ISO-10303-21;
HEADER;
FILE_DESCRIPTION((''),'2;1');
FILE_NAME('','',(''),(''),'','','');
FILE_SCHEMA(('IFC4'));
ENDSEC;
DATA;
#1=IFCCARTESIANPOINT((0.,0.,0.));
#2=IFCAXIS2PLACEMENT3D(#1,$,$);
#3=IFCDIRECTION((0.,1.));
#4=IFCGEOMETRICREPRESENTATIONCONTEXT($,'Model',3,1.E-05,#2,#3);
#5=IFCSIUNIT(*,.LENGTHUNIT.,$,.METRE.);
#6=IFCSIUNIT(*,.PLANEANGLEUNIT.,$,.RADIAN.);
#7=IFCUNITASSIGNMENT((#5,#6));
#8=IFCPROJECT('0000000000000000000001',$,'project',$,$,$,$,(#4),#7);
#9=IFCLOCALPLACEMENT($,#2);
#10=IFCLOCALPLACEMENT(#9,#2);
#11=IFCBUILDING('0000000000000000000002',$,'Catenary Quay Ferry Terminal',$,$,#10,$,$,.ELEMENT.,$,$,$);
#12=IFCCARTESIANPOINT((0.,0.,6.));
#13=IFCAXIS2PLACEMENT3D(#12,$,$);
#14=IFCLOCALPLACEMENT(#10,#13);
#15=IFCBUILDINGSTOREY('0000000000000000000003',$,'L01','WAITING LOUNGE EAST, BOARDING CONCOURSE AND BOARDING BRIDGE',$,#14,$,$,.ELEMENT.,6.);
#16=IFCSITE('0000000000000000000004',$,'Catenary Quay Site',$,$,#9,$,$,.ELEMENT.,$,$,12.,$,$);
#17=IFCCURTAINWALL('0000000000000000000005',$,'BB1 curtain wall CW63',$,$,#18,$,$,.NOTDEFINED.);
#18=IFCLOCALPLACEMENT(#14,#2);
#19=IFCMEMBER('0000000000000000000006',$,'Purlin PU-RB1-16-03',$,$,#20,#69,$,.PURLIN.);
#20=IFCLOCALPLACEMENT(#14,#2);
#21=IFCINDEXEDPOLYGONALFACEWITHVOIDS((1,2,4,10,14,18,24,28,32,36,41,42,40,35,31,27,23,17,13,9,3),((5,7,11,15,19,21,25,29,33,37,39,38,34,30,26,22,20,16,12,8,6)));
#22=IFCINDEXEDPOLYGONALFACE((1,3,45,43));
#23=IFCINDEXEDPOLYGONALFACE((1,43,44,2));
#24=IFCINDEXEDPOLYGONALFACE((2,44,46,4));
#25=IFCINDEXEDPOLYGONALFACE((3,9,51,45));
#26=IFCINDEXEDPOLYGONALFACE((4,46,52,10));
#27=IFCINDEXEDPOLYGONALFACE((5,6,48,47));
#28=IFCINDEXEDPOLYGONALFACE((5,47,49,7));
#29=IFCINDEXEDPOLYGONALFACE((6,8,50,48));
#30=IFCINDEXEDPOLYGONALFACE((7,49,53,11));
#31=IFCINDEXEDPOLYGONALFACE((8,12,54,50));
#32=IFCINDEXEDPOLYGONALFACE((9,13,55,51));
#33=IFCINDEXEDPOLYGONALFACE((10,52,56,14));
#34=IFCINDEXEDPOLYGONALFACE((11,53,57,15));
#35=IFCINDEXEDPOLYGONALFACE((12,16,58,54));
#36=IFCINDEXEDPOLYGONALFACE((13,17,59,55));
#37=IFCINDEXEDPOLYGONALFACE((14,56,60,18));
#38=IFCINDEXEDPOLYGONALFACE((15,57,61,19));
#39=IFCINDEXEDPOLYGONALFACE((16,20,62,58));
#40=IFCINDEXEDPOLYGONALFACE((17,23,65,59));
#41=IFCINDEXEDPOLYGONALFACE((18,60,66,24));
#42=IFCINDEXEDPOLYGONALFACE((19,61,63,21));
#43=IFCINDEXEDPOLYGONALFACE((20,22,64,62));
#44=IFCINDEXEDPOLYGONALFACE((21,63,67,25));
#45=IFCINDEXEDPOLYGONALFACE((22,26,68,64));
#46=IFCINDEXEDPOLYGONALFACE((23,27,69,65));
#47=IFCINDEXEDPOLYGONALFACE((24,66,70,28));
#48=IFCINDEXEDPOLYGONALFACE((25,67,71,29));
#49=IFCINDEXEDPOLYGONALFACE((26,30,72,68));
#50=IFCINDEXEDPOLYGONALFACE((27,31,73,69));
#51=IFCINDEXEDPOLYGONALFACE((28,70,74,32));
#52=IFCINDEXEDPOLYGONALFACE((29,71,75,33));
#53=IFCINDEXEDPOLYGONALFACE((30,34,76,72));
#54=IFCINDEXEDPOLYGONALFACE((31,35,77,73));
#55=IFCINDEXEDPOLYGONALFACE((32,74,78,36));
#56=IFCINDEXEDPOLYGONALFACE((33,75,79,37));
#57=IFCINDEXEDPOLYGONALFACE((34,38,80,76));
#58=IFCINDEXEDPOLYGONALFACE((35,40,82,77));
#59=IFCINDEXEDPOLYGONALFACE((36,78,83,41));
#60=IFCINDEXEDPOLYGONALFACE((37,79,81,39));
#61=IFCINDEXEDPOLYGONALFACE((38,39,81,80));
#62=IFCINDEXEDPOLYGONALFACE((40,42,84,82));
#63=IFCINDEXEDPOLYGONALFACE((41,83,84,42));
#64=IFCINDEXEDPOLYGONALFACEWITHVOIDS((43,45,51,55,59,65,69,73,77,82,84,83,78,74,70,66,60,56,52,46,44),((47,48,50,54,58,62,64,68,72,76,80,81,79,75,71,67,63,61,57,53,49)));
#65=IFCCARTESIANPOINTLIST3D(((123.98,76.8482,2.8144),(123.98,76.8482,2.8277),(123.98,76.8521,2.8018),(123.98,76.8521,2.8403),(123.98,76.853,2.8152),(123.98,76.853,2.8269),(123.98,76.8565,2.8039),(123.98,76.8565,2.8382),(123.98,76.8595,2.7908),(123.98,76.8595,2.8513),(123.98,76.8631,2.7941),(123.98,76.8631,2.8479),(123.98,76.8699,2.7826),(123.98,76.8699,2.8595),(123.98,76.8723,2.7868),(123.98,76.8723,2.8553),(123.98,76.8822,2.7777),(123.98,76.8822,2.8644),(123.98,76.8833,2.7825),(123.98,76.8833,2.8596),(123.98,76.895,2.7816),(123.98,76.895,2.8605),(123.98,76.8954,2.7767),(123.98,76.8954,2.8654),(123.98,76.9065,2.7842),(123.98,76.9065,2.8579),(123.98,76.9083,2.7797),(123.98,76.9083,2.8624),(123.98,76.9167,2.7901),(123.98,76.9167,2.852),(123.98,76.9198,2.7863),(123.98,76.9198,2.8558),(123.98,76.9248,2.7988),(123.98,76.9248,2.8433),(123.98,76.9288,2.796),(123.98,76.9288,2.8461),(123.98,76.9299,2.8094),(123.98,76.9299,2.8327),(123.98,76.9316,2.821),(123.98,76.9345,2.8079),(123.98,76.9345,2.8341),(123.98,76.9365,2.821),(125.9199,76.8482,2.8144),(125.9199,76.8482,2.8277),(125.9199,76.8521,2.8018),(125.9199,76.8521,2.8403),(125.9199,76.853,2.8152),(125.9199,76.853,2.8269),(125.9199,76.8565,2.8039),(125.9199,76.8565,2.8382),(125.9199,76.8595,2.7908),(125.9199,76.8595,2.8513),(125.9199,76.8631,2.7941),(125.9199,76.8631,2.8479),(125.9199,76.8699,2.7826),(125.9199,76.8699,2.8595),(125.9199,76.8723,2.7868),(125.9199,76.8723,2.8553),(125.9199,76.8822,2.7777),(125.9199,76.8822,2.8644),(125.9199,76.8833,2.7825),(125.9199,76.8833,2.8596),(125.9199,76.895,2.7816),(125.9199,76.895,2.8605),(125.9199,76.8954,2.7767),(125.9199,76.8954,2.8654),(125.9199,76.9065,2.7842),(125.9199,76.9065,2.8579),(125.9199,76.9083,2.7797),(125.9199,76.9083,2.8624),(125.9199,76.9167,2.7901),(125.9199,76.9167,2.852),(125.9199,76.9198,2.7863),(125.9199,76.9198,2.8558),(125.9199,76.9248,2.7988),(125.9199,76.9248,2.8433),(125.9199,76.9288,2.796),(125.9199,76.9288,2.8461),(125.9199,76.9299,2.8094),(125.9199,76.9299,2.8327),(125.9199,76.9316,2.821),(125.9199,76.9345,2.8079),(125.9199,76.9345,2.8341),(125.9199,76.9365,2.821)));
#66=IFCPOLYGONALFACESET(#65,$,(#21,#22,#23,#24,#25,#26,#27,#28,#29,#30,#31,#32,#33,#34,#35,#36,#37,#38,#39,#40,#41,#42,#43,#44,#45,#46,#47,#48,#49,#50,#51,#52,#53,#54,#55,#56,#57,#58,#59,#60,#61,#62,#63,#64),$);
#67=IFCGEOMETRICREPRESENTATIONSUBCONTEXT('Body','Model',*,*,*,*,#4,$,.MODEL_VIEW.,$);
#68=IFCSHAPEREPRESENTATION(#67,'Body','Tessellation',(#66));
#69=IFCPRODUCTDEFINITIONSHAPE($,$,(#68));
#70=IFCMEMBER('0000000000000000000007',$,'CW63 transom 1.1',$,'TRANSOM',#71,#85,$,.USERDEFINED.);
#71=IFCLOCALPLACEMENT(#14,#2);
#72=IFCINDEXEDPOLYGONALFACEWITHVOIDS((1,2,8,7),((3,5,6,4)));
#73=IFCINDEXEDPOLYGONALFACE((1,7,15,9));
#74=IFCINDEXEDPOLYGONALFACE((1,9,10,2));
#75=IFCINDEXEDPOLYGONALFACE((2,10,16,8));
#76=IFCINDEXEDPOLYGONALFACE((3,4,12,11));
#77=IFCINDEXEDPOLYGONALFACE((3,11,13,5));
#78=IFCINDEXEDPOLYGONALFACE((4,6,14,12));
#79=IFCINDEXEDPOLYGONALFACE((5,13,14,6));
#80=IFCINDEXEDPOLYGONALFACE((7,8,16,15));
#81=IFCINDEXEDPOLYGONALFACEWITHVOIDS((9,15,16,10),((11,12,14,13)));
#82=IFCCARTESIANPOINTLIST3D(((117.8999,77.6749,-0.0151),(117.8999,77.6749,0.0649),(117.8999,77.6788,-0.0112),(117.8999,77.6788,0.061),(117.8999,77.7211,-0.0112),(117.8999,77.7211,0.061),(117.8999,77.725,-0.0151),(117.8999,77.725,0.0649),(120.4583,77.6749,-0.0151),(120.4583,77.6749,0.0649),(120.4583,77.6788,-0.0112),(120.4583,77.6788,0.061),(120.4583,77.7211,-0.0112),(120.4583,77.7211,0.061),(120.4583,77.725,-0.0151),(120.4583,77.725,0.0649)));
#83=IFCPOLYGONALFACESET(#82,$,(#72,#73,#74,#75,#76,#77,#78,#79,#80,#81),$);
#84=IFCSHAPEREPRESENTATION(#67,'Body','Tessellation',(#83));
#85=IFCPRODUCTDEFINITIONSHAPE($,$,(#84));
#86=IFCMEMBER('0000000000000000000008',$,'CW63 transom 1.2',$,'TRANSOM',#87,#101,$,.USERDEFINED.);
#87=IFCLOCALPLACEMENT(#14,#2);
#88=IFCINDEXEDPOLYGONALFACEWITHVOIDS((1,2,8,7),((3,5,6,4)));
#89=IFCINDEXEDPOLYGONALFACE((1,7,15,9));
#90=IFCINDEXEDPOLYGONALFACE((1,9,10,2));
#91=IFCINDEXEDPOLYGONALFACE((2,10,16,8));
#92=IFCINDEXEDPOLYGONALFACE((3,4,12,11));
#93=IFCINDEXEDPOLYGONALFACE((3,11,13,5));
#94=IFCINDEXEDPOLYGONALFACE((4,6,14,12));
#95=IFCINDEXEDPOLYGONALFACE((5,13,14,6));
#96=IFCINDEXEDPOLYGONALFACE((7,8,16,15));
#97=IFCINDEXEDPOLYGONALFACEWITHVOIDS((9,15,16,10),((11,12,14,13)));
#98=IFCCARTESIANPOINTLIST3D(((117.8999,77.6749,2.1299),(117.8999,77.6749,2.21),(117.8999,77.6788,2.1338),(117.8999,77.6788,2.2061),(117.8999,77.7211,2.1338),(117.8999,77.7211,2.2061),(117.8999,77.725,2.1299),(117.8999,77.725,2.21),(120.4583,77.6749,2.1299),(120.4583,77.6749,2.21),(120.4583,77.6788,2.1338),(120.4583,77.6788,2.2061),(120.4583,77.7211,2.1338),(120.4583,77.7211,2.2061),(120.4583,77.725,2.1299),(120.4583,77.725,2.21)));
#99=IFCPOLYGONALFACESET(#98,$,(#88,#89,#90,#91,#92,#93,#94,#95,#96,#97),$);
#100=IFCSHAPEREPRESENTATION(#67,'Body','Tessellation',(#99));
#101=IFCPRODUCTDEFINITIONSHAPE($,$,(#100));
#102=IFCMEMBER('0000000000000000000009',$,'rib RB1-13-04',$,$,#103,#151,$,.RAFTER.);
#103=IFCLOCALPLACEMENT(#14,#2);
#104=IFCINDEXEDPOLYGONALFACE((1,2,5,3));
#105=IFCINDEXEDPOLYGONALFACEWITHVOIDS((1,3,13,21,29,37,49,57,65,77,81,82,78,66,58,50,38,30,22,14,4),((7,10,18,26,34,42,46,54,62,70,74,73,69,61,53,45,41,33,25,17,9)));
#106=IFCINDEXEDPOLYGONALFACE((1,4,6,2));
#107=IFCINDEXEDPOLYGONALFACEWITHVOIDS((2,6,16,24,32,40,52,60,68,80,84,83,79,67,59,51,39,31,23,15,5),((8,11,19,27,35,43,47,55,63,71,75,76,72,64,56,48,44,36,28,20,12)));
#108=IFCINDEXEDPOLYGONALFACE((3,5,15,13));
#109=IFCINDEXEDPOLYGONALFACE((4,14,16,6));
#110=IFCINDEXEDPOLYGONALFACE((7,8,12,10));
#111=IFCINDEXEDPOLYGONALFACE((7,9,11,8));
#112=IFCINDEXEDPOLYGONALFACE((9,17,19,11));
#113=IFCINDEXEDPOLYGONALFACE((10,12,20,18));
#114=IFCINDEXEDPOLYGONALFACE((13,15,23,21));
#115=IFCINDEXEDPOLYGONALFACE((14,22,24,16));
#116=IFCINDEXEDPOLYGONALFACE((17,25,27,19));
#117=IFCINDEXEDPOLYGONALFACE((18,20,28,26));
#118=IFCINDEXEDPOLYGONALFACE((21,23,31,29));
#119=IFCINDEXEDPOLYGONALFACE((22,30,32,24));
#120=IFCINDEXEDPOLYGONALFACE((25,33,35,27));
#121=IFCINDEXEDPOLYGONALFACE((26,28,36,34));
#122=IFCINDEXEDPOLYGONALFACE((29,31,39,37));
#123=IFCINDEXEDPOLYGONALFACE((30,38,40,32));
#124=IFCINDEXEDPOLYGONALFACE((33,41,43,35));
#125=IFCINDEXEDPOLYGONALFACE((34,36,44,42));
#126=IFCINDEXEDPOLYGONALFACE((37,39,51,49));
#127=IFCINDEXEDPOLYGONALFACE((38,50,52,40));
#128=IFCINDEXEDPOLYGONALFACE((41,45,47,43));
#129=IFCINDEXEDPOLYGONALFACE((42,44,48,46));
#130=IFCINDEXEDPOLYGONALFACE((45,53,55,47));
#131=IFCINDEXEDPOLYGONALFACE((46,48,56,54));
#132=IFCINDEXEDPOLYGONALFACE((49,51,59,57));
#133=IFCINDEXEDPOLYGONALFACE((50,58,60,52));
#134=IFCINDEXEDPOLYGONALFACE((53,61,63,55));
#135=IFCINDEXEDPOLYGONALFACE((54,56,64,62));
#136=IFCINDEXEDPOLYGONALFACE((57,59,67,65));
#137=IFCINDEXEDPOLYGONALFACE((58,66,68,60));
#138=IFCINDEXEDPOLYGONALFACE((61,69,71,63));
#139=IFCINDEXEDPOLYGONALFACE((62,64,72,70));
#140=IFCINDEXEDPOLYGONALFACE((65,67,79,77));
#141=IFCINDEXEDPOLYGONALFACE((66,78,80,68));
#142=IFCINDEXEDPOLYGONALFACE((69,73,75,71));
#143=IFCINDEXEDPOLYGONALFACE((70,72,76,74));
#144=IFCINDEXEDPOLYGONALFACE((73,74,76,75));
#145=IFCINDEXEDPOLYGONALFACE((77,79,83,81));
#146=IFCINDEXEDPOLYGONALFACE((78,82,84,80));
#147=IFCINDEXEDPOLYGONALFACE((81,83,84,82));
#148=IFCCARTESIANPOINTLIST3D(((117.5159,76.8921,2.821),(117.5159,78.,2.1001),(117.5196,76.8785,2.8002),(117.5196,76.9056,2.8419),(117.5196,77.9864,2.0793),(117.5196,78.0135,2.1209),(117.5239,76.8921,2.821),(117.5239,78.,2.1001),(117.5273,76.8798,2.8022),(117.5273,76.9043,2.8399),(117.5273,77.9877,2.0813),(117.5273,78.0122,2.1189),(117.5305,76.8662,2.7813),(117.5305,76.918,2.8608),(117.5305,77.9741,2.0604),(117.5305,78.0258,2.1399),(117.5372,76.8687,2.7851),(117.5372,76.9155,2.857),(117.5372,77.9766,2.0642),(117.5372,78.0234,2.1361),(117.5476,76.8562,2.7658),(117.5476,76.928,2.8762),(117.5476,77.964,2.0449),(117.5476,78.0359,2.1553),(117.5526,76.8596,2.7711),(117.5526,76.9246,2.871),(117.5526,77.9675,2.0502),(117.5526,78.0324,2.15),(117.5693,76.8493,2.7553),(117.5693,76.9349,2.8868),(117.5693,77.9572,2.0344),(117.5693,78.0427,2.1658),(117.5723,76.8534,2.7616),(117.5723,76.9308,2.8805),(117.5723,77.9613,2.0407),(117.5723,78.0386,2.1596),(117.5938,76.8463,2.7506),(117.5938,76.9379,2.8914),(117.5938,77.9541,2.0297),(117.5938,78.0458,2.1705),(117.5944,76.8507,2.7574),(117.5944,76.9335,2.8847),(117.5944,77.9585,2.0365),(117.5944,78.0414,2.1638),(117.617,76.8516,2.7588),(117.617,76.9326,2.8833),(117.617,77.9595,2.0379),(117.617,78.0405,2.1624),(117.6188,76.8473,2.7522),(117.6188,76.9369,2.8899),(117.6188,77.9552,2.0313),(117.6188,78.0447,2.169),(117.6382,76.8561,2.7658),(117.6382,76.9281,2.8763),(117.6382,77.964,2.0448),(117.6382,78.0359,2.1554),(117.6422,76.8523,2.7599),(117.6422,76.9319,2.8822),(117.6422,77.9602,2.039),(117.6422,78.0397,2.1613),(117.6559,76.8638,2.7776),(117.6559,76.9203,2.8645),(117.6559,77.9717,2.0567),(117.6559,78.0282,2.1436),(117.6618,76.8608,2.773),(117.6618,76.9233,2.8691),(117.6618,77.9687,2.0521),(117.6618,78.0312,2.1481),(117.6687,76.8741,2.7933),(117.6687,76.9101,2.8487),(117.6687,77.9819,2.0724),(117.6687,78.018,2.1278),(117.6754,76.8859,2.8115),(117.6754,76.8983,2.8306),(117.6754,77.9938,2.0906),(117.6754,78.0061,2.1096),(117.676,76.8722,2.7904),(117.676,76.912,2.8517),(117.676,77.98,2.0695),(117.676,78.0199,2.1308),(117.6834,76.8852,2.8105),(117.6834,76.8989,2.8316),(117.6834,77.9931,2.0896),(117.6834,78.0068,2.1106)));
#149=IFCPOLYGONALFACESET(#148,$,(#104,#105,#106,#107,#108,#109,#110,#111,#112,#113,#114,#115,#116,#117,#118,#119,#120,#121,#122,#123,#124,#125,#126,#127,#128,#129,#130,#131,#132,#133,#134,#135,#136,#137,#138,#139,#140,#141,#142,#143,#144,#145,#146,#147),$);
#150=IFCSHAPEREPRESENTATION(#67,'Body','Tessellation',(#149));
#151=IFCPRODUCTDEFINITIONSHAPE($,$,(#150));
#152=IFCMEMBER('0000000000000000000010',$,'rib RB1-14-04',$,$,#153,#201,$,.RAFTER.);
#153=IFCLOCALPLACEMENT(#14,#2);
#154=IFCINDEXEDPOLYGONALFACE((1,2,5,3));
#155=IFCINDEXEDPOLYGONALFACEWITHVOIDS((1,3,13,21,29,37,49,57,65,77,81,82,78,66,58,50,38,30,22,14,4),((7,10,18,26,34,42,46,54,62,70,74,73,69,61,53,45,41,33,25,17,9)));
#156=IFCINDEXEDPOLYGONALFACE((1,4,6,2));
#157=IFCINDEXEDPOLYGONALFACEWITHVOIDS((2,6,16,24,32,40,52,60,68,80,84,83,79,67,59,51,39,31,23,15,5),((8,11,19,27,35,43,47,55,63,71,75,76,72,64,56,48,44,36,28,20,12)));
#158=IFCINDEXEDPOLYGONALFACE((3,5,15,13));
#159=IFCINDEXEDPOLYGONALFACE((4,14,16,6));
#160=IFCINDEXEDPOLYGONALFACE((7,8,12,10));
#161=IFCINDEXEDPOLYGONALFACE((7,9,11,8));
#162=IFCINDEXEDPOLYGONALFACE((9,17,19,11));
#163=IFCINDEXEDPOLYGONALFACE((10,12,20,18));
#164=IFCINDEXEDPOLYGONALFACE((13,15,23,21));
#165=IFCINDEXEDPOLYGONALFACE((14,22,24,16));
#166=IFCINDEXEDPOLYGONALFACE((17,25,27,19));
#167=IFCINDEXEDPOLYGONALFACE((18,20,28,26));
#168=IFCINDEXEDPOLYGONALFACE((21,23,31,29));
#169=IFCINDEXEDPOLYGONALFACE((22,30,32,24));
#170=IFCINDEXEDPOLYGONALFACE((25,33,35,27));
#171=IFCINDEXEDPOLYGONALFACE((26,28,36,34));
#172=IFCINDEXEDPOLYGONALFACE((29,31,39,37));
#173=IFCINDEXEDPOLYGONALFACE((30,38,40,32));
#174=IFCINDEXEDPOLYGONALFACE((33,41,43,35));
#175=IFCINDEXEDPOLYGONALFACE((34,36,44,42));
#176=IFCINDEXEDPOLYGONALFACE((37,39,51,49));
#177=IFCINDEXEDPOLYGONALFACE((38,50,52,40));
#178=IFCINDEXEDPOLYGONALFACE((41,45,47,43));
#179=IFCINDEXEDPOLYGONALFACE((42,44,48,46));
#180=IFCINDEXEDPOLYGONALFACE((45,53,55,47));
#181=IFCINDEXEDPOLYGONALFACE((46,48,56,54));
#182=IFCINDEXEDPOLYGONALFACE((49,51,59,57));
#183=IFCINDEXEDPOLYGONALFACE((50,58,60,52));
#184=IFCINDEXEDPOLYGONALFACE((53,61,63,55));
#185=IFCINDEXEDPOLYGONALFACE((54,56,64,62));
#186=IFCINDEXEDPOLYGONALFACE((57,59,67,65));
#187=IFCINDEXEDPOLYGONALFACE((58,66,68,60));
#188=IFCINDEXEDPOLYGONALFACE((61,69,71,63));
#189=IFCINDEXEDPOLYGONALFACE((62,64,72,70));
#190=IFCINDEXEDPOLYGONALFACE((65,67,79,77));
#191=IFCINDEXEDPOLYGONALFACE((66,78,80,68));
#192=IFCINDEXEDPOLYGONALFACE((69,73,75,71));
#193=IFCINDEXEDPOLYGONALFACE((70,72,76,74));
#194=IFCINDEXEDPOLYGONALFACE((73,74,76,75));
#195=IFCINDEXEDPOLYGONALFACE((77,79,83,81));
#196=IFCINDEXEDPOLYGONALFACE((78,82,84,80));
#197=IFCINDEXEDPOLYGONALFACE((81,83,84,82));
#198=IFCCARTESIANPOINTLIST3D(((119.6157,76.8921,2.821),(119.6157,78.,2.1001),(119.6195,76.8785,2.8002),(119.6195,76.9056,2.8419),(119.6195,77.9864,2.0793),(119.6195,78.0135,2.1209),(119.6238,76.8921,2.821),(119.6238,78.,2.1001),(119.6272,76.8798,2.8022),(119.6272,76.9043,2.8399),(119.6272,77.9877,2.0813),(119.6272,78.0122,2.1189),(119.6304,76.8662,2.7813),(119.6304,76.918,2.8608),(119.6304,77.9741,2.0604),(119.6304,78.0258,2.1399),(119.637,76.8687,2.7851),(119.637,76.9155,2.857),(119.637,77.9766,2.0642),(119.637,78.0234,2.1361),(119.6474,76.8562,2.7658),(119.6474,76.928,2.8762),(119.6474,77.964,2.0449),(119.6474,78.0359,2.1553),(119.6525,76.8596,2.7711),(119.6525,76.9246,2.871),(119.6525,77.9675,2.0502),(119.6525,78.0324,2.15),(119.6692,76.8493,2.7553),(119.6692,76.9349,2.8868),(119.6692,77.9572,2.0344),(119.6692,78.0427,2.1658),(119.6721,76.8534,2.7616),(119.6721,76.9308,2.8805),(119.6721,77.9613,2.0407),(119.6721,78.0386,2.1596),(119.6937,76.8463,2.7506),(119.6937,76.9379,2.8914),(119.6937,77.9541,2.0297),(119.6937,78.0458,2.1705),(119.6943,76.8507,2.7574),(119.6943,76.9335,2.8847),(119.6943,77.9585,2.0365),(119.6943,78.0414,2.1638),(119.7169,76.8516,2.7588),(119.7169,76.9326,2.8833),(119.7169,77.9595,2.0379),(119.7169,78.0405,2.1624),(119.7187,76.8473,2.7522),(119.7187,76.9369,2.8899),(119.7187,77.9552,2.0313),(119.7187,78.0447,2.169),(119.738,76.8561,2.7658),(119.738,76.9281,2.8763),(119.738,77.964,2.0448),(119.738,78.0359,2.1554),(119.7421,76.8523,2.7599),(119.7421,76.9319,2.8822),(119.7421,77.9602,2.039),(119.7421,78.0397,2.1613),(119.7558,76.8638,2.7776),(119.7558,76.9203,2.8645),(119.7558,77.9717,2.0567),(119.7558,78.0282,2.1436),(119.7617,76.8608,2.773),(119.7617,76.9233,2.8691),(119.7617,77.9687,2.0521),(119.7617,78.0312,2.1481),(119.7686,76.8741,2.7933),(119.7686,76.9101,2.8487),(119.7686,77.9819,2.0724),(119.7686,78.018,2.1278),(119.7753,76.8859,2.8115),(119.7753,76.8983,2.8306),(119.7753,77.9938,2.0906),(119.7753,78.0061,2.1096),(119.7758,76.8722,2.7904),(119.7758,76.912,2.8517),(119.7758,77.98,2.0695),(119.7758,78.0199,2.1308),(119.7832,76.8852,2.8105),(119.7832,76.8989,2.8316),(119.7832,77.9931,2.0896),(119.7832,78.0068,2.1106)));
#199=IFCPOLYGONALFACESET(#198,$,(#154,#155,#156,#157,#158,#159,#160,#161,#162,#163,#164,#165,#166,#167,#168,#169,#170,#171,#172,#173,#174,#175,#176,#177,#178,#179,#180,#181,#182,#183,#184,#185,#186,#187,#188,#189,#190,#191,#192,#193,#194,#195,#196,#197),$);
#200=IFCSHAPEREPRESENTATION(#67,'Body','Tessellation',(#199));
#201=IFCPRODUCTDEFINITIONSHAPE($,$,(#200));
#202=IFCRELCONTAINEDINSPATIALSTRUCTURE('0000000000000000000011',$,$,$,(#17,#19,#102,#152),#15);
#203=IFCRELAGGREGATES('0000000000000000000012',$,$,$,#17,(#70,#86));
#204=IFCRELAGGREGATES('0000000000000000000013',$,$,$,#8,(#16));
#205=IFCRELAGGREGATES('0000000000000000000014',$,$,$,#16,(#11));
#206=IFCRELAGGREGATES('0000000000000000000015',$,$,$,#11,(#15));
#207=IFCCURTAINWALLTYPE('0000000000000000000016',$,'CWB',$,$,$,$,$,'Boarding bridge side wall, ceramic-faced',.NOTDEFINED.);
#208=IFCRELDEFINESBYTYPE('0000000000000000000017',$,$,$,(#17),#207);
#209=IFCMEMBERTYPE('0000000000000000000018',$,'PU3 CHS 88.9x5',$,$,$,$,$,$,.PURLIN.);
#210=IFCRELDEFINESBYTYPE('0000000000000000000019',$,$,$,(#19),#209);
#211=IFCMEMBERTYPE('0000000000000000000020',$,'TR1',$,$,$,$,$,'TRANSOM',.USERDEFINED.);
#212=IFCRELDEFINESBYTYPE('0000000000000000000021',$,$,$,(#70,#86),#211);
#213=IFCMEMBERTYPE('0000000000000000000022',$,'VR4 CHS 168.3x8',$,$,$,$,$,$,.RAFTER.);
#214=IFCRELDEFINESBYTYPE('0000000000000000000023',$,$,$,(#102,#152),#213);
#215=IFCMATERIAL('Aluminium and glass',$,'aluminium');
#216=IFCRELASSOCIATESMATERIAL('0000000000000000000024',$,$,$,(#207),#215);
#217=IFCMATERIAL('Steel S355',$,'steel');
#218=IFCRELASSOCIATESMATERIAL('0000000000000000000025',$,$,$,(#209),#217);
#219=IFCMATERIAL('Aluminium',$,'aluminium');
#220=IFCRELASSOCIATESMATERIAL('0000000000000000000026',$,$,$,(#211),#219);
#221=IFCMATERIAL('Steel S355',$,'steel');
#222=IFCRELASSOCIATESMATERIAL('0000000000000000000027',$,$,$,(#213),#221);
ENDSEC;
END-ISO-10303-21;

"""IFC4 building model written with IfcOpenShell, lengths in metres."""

from ifc_helpers import new_model, si_unit, direction, frame, origin, origin_2d, place, context, subcontext, project, spatial, hollow_rectangle, hollow_circle, extrude, material, material_profile, profile_set, type_object, element, aggregate, save


model = new_model("IFC4")

# Units and contexts
model_context = context("Model", 3, precision=1e-05, world=origin(), true_north=direction((0.0, 1.0)))
body_context = subcontext(model_context, "Body", "Model", "MODEL_VIEW")
ifc_project = project(units=[si_unit("LENGTHUNIT", "METRE"), si_unit("PLANEANGLEUNIT", "RADIAN")], contexts=[model_context])

# Site, building, storey
site_placement = place(None, origin())
site = spatial("IfcSite", under=ifc_project, at=site_placement, Name="Catenary Quay Site", CompositionType="ELEMENT", RefElevation=12.0)
building_placement = place(site_placement, origin())
building = spatial("IfcBuilding", under=site, at=building_placement, Name="Catenary Quay Ferry Terminal", CompositionType="ELEMENT")
storey_placement = place(building_placement, frame((0.0, 0.0, 6.0)))
storey = spatial("IfcBuildingStorey", under=building, at=storey_placement, Name="L01", Description="WAITING LOUNGE EAST, BOARDING CONCOURSE AND BOARDING BRIDGE", CompositionType="ELEMENT", Elevation=6.0)

# Shared definitions
ifc_material_1 = material(Name="Aluminium and glass", Category="aluminium")
curtain_wall_type = type_object("IfcCurtainWallType", Name="CWB", ElementType="Boarding bridge side wall, ceramic-faced", PredefinedType="NOTDEFINED", material=ifc_material_1)

# Curtain wall
curtain_wall_1_placement = place(storey_placement, origin())
curtain_wall_1 = element("IfcCurtainWall", 1, at=curtain_wall_1_placement, inside=storey, type_object=curtain_wall_type, Name="BB1 curtain wall CW63", PredefinedType="NOTDEFINED")

# Member
ifc_material_2 = material(Name="Steel S355", Category="steel")
ifc_material_profile_1 = material_profile(ifc_material_2, hollow_circle(Radius=0.0444, WallThickness=0.0049, at=origin_2d()), Name="CHS 88.9x5")
ifc_profile_set_1 = profile_set([ifc_material_profile_1], Name="Steel S355")
member_type_1 = type_object("IfcMemberType", Name="PU3 CHS 88.9x5", PredefinedType="PURLIN", material=ifc_profile_set_1)
member_1_placement = place(storey_placement, frame((123.98, 76.8921, 2.821), z_axis=(1.0, 0.0, 0.0), x_axis=(0.0, 1.0, 0.0)))
element("IfcMember", 2, at=member_1_placement, inside=storey, type_object=member_type_1, Name="Purlin PU-RB1-16-03", PredefinedType="PURLIN", context=body_context, shape_type="SweptSolid", body=[
    extrude(hollow_circle(Radius=0.0444, WallThickness=0.0049, at=origin_2d()), origin(), (0.0, 0.0, 1.0), 1.9399),
])

# Members
ifc_material_3 = material(Name="Aluminium", Category="aluminium")
ifc_material_profile_2 = material_profile(ifc_material_3, hollow_rectangle(XDim=0.05, YDim=0.0801, WallThickness=0.0039, at=origin_2d()), Name="TR1")
ifc_profile_set_2 = profile_set([ifc_material_profile_2], Name="Aluminium")
member_type_2 = type_object("IfcMemberType", Name="TR1", ElementType="TRANSOM", PredefinedType="USERDEFINED", material=ifc_profile_set_2)
member_2_placement = place(storey_placement, frame((117.8999, 77.7, 0.0249), z_axis=(1.0, 0.0, 0.0), x_axis=(0.0, 1.0, 0.0)))
member_2 = element("IfcMember", 3, at=member_2_placement, type_object=member_type_2, Name="CW63 transom 1.1", ObjectType="TRANSOM", PredefinedType="USERDEFINED", context=body_context, shape_type="SweptSolid", body=[
    extrude(hollow_rectangle(XDim=0.05, YDim=0.0801, WallThickness=0.0039, at=origin_2d()), origin(), (0.0, 0.0, 1.0), 2.5583),
])
member_3_placement = place(storey_placement, frame((117.8999, 77.7, 2.1699), z_axis=(1.0, 0.0, 0.0), x_axis=(0.0, 1.0, 0.0)))
member_3 = element("IfcMember", 4, at=member_3_placement, type_object=member_type_2, Name="CW63 transom 1.2", ObjectType="TRANSOM", PredefinedType="USERDEFINED", context=body_context, shape_type="SweptSolid", body=[
    extrude(hollow_rectangle(XDim=0.05, YDim=0.0801, WallThickness=0.0039, at=origin_2d()), origin(), (0.0, 0.0, 1.0), 2.5583),
])

# Members
ifc_material_4 = material(Name="Steel S355", Category="steel")
ifc_material_profile_3 = material_profile(ifc_material_4, hollow_circle(Radius=0.0842, WallThickness=0.0081, at=origin_2d()), Name="CHS 168.3x8")
ifc_profile_set_3 = profile_set([ifc_material_profile_3], Name="Steel S355")
member_type_3 = type_object("IfcMemberType", Name="VR4 CHS 168.3x8", PredefinedType="RAFTER", material=ifc_profile_set_3)
for number, where, z_axis, x_axis, name in (
    (5, (117.6001, 76.8921, 2.821), (0.0, 0.838165, -0.545417), (-1.0, 0.0, 0.0), "rib RB1-13-04"),
    (6, (119.7, 76.8921, 2.821), (0.0, 0.838165, -0.545417), (-1.0, 0.0, 0.0), "rib RB1-14-04"),
):
    element("IfcMember", number, at=place(storey_placement, frame(where, z_axis=z_axis, x_axis=x_axis)), inside=storey, type_object=member_type_3, Name=name, PredefinedType="RAFTER", context=body_context, shape_type="SweptSolid", body=[
        extrude(hollow_circle(Radius=0.0842, WallThickness=0.0081, at=origin_2d()), origin(), (0.0, 0.0, 1.0), 1.3218),
    ])

aggregate(curtain_wall_1, [member_2, member_3])

save(model, "model.ifc")
